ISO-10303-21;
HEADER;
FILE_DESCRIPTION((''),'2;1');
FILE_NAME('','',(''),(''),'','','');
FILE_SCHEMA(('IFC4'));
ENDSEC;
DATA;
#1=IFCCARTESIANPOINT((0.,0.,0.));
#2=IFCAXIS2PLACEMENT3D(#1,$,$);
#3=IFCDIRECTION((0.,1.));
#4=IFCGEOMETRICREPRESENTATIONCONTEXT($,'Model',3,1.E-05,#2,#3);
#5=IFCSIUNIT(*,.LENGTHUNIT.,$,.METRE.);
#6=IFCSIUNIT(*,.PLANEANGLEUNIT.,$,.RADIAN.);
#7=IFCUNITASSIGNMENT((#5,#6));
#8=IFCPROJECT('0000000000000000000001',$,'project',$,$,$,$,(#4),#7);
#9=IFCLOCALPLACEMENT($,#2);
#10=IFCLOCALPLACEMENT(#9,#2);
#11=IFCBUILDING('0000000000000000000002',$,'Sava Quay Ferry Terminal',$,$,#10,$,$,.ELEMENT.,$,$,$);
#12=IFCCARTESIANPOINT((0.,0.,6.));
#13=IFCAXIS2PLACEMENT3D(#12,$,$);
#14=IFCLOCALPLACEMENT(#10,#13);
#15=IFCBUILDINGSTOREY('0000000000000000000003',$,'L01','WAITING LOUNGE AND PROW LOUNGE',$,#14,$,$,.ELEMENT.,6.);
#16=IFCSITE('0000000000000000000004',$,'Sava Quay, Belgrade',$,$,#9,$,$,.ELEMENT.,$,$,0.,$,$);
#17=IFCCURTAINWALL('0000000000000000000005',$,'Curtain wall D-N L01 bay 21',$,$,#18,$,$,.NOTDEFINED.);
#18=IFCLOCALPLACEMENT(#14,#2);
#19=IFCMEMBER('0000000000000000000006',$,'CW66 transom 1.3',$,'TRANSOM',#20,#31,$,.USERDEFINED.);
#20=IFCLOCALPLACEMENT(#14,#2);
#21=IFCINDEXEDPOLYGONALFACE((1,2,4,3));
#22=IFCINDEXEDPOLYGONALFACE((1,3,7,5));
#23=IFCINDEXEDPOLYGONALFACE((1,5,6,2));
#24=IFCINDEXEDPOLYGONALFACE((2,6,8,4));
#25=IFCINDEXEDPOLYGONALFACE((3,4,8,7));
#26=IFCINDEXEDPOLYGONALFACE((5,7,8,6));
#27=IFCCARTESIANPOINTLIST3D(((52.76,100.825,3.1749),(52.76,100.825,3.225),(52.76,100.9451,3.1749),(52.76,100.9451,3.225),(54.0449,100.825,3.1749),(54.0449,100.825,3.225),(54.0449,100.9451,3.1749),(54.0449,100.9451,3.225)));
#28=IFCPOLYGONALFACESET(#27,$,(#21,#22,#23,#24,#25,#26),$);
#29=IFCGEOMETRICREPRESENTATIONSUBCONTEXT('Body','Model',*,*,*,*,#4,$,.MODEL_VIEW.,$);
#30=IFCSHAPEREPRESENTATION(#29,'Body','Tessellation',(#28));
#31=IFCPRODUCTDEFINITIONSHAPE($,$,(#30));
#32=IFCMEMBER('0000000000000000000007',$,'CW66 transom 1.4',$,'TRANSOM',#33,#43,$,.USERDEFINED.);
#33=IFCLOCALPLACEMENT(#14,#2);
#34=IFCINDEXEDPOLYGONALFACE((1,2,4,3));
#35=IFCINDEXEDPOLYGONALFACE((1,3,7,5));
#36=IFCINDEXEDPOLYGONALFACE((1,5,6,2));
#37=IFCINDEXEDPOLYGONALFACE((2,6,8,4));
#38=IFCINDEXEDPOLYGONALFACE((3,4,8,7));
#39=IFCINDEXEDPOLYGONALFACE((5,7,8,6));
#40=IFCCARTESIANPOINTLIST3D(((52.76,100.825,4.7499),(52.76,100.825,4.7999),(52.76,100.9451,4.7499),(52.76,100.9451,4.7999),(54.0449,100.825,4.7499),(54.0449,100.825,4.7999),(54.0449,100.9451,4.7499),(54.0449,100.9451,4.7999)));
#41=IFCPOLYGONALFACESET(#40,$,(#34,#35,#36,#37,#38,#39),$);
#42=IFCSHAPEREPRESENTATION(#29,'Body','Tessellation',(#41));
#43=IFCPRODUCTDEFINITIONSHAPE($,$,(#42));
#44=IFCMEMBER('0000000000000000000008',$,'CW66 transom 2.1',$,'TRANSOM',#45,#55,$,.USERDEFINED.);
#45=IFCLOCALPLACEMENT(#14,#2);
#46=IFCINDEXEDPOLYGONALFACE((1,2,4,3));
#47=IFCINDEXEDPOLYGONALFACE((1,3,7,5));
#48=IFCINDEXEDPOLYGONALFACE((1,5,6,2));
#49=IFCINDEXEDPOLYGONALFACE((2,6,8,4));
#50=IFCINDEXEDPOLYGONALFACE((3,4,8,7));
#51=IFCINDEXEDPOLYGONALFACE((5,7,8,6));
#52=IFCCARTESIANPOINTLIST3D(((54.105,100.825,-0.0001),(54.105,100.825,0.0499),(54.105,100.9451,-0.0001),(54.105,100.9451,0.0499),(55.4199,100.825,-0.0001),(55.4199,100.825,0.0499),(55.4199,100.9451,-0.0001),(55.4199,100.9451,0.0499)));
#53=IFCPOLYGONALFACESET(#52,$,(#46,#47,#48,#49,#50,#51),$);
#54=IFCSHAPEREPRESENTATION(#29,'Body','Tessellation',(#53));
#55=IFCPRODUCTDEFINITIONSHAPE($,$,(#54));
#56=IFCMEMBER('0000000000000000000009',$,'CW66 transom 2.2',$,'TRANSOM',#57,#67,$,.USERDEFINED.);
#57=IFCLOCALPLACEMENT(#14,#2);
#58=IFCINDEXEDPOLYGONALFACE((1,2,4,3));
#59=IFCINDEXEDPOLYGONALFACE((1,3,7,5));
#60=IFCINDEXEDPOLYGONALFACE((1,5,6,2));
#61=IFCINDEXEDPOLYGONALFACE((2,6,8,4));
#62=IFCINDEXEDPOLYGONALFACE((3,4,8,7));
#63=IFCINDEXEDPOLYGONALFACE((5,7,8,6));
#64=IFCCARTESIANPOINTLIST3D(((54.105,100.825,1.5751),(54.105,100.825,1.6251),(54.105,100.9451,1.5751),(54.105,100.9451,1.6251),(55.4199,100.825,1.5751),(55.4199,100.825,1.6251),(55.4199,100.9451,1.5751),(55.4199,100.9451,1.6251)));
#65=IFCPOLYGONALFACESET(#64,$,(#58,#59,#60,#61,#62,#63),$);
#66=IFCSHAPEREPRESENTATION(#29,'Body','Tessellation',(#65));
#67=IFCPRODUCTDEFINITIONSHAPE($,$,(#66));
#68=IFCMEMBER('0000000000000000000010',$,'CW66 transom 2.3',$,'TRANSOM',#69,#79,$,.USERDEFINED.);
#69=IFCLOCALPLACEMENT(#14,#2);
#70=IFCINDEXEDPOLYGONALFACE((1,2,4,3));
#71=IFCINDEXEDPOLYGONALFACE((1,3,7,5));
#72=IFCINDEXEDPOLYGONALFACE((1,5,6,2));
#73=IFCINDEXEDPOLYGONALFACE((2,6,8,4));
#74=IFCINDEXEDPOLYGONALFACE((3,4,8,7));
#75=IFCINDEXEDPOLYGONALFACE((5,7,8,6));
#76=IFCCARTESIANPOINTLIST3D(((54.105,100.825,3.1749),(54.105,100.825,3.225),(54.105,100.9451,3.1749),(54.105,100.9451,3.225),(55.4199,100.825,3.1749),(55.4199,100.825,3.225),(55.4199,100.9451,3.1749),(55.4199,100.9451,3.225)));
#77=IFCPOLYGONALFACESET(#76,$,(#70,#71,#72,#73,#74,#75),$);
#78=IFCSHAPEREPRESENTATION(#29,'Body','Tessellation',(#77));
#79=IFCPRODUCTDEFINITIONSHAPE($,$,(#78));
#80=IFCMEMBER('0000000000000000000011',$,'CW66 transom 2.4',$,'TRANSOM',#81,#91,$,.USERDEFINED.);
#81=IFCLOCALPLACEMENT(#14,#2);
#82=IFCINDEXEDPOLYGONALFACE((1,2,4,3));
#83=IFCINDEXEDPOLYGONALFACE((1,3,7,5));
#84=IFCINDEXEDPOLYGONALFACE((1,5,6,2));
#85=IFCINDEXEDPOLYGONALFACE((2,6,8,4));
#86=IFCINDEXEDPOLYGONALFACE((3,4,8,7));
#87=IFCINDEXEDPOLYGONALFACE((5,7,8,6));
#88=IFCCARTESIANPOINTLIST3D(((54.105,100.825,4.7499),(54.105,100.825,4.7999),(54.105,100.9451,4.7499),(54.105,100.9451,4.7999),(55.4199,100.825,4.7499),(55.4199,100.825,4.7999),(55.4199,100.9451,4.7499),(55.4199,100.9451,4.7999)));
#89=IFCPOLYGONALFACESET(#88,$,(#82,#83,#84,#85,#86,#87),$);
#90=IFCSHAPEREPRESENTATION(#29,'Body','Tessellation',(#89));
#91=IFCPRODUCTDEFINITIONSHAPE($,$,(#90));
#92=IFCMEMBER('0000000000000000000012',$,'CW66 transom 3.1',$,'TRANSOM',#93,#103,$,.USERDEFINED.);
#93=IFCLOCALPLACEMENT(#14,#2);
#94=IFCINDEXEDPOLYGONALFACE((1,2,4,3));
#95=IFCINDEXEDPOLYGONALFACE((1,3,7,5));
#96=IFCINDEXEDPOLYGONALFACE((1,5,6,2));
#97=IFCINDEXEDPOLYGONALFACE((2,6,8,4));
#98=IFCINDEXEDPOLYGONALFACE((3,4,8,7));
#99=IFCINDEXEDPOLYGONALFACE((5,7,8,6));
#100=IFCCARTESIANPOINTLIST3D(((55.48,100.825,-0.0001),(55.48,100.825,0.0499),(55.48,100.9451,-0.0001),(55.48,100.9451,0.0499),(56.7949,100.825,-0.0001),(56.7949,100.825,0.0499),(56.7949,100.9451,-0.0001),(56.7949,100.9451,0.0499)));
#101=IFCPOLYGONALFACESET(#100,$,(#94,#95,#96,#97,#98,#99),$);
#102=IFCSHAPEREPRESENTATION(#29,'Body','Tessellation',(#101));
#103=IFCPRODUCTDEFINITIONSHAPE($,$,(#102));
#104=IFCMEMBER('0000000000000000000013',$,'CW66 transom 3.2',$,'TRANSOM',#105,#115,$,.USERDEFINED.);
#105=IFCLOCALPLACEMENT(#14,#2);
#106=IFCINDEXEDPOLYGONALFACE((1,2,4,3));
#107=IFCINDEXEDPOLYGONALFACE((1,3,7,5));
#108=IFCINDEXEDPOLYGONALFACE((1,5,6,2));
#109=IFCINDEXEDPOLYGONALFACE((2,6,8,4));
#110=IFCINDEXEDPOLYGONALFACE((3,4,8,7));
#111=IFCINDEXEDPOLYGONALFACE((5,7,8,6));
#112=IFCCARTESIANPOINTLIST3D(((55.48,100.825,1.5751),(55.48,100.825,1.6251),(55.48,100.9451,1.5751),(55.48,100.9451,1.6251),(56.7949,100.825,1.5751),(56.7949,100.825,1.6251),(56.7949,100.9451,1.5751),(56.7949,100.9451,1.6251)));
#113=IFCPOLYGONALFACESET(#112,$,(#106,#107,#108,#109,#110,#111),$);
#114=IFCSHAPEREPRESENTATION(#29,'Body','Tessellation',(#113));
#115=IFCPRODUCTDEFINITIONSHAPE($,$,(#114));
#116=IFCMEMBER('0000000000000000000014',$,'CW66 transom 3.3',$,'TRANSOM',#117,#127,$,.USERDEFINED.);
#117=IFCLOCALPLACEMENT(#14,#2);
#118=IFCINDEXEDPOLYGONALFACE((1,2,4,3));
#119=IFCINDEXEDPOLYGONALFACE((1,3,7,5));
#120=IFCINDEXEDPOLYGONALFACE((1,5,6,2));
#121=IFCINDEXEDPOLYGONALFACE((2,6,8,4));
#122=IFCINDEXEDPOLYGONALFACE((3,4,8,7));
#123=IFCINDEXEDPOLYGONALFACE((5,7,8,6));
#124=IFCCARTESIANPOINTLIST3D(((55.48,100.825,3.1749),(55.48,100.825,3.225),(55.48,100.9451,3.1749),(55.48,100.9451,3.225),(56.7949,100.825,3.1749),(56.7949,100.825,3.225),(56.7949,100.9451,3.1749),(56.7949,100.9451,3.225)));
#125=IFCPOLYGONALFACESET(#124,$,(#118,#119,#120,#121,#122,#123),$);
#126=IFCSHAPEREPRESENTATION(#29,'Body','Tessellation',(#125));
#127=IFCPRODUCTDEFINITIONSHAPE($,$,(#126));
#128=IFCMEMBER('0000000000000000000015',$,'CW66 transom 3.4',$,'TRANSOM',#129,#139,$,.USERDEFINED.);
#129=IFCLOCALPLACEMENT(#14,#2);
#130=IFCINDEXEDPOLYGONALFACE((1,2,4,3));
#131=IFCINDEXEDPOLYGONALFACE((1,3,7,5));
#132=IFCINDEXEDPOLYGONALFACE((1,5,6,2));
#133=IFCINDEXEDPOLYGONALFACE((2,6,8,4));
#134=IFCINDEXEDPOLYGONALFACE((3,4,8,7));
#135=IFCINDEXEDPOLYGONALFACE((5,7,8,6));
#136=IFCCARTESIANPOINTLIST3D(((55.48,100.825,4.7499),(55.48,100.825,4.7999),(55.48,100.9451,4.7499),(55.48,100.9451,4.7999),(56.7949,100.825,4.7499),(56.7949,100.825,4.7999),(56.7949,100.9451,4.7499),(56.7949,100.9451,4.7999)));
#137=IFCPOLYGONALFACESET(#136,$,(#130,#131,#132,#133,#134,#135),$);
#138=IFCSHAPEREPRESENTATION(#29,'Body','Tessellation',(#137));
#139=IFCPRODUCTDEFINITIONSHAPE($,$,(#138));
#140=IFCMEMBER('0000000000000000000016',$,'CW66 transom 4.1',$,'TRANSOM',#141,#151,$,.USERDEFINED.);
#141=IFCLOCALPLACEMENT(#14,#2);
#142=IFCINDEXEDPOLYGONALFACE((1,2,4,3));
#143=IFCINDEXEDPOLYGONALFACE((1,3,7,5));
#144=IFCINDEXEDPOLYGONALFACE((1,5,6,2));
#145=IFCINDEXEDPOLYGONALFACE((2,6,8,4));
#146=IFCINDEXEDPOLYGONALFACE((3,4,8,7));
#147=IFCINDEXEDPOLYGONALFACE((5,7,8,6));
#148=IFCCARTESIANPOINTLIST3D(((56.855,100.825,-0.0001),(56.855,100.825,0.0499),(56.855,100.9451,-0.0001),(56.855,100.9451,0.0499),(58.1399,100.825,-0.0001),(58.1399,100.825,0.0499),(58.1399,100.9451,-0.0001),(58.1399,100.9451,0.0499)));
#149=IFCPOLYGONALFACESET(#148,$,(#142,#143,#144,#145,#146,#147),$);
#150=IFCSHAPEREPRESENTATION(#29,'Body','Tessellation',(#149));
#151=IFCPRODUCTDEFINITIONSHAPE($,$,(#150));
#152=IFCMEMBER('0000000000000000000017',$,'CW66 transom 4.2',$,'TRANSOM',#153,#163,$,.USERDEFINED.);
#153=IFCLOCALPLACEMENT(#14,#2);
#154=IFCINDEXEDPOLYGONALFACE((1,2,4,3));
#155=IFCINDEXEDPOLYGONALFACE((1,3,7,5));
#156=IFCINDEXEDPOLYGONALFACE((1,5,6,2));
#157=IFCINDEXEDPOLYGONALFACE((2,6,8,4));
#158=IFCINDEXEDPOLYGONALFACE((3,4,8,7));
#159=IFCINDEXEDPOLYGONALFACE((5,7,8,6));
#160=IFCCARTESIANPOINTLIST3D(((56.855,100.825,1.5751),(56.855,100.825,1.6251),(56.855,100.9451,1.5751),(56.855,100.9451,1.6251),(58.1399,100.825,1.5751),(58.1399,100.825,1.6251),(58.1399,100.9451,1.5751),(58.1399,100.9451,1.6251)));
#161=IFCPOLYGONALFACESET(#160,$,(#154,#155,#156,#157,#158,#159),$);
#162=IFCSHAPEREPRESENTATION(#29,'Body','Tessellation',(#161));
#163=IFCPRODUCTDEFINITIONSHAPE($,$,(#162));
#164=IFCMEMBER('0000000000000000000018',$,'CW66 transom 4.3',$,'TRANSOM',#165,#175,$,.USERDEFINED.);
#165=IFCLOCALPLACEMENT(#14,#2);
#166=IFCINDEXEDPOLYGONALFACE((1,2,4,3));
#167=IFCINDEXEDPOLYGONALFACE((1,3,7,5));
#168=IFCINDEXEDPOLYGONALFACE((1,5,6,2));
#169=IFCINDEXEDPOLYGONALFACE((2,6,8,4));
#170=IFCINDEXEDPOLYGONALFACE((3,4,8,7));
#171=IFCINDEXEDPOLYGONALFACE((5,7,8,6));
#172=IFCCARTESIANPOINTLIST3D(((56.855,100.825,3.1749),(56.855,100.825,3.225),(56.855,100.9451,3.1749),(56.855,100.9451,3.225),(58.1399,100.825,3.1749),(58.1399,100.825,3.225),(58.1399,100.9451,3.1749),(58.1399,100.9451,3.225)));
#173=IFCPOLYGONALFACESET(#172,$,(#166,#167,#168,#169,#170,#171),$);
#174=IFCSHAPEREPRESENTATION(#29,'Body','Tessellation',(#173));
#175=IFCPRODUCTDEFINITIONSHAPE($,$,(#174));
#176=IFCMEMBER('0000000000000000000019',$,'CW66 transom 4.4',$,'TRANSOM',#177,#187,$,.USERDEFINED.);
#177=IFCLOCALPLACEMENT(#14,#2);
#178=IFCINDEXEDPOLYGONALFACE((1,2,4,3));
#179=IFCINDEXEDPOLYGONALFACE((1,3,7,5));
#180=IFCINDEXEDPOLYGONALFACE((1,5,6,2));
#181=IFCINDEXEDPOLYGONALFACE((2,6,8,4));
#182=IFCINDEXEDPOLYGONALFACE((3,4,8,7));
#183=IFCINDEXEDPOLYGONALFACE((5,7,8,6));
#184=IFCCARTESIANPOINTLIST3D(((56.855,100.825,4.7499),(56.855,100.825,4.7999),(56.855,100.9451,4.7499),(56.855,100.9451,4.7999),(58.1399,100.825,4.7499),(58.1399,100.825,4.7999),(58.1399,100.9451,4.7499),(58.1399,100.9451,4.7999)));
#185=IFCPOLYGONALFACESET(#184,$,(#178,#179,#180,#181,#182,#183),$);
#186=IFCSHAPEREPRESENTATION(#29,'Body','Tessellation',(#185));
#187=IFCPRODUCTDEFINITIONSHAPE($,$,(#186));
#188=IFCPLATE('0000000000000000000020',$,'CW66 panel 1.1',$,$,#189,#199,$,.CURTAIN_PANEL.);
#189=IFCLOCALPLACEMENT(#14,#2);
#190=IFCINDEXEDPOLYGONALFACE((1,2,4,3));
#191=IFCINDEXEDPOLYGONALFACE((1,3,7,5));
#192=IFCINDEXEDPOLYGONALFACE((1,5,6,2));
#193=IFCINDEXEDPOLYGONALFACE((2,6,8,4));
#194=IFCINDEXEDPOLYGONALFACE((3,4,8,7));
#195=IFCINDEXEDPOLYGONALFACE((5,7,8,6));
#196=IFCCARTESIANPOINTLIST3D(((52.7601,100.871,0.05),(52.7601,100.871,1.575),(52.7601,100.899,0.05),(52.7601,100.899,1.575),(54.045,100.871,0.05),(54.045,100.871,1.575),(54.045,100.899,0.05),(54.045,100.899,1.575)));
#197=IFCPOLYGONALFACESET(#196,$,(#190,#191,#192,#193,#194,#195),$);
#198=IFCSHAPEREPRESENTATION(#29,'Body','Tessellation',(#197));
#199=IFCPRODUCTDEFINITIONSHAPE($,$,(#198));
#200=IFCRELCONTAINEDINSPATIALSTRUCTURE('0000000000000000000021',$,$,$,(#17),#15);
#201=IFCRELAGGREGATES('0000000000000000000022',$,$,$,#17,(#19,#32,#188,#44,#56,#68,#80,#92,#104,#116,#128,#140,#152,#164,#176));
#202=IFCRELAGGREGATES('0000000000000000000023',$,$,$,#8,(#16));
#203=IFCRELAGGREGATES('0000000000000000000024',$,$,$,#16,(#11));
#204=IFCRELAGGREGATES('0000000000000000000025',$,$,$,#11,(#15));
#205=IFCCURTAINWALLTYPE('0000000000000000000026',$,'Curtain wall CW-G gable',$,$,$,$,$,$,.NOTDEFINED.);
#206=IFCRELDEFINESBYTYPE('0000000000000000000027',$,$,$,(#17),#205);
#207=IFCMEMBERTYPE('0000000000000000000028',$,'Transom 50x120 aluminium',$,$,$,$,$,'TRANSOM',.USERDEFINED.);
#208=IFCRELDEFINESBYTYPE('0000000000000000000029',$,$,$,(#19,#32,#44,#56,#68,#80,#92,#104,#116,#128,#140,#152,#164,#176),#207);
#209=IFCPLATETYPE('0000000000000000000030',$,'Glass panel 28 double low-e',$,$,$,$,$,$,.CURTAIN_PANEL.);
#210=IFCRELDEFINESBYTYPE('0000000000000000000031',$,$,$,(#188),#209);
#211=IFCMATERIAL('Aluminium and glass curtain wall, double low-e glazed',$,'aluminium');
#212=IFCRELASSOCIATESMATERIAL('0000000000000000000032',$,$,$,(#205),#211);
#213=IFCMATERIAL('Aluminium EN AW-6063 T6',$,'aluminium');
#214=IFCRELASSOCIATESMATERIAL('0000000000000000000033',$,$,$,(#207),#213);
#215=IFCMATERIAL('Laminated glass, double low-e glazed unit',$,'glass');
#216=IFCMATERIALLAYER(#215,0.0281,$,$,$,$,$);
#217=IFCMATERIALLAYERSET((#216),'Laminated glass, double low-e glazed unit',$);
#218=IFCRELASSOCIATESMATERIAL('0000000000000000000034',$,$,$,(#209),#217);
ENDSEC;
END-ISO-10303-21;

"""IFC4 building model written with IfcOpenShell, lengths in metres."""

from ifc_helpers import new_model, si_unit, direction, frame, origin, origin_2d, place, context, subcontext, project, spatial, rectangle, extrude, material, layer, layer_set, material_profile, profile_set, type_object, element, aggregate, save


model = new_model("IFC4")

# Units and contexts
model_context = context("Model", 3, precision=1e-05, world=origin(), true_north=direction((0.0, 1.0)))
body_context = subcontext(model_context, "Body", "Model", "MODEL_VIEW")
ifc_project = project(units=[si_unit("LENGTHUNIT", "METRE"), si_unit("PLANEANGLEUNIT", "RADIAN")], contexts=[model_context])

# Site, building, storey
site_placement = place(None, origin())
site = spatial("IfcSite", under=ifc_project, at=site_placement, Name="Sava Quay, Belgrade", CompositionType="ELEMENT", RefElevation=0.0)
building_placement = place(site_placement, origin())
building = spatial("IfcBuilding", under=site, at=building_placement, Name="Sava Quay Ferry Terminal", CompositionType="ELEMENT")
storey_placement = place(building_placement, frame((0.0, 0.0, 6.0)))
storey = spatial("IfcBuildingStorey", under=building, at=storey_placement, Name="L01", Description="WAITING LOUNGE AND PROW LOUNGE", CompositionType="ELEMENT", Elevation=6.0)

# Curtain wall, members, plate
ifc_material_1 = material(Name="Aluminium and glass curtain wall, double low-e glazed", Category="aluminium")
curtain_wall_type = type_object("IfcCurtainWallType", Name="Curtain wall CW-G gable", PredefinedType="NOTDEFINED", material=ifc_material_1)
curtain_wall_placement = place(storey_placement, origin())
curtain_wall = element("IfcCurtainWall", 1, at=curtain_wall_placement, inside=storey, type_object=curtain_wall_type, Name="Curtain wall D-N L01 bay 21", PredefinedType="NOTDEFINED")
ifc_material_2 = material(Name="Aluminium EN AW-6063 T6", Category="aluminium")
ifc_material_profile_1 = material_profile(ifc_material_2, rectangle(XDim=0.1201, YDim=0.05, at=origin_2d()), Name="Transom 50x120 aluminium")
ifc_profile_set_1 = profile_set([ifc_material_profile_1], Name="Aluminium EN AW-6063 T6")
member_type_1 = type_object("IfcMemberType", Name="Transom 50x120 aluminium", ElementType="TRANSOM", PredefinedType="USERDEFINED", material=ifc_profile_set_1)
member_1_placement = place(storey_placement, frame((52.76, 100.885, 3.2), z_axis=(1.0, 0.0, 0.0), x_axis=(0.0, 1.0, 0.0)))
member_1 = element("IfcMember", 2, at=member_1_placement, type_object=member_type_1, Name="CW66 transom 1.3", ObjectType="TRANSOM", PredefinedType="USERDEFINED", context=body_context, shape_type="SweptSolid", body=[
    extrude(rectangle(XDim=0.1201, YDim=0.05, at=origin_2d()), origin(), (0.0, 0.0, 1.0), 1.2849),
])
member_2_placement = place(storey_placement, frame((52.76, 100.885, 4.7749), z_axis=(1.0, 0.0, 0.0), x_axis=(0.0, 1.0, 0.0)))
member_2 = element("IfcMember", 3, at=member_2_placement, type_object=member_type_1, Name="CW66 transom 1.4", ObjectType="TRANSOM", PredefinedType="USERDEFINED", context=body_context, shape_type="SweptSolid", body=[
    extrude(rectangle(XDim=0.1201, YDim=0.05, at=origin_2d()), origin(), (0.0, 0.0, 1.0), 1.2849),
])
member_3_placement = place(storey_placement, frame((54.105, 100.885, 0.0249), z_axis=(1.0, 0.0, 0.0), x_axis=(0.0, 1.0, 0.0)))
member_3 = element("IfcMember", 4, at=member_3_placement, type_object=member_type_1, Name="CW66 transom 2.1", ObjectType="TRANSOM", PredefinedType="USERDEFINED", context=body_context, shape_type="SweptSolid", body=[
    extrude(rectangle(XDim=0.1201, YDim=0.05, at=origin_2d()), origin(), (0.0, 0.0, 1.0), 1.3149),
])
member_4_placement = place(storey_placement, frame((54.105, 100.885, 1.6001), z_axis=(1.0, 0.0, 0.0), x_axis=(0.0, 1.0, 0.0)))
member_4 = element("IfcMember", 5, at=member_4_placement, type_object=member_type_1, Name="CW66 transom 2.2", ObjectType="TRANSOM", PredefinedType="USERDEFINED", context=body_context, shape_type="SweptSolid", body=[
    extrude(rectangle(XDim=0.1201, YDim=0.05, at=origin_2d()), origin(), (0.0, 0.0, 1.0), 1.3149),
])
member_5_placement = place(storey_placement, frame((54.105, 100.885, 3.2), z_axis=(1.0, 0.0, 0.0), x_axis=(0.0, 1.0, 0.0)))
member_5 = element("IfcMember", 6, at=member_5_placement, type_object=member_type_1, Name="CW66 transom 2.3", ObjectType="TRANSOM", PredefinedType="USERDEFINED", context=body_context, shape_type="SweptSolid", body=[
    extrude(rectangle(XDim=0.1201, YDim=0.05, at=origin_2d()), origin(), (0.0, 0.0, 1.0), 1.3149),
])
member_6_placement = place(storey_placement, frame((54.105, 100.885, 4.7749), z_axis=(1.0, 0.0, 0.0), x_axis=(0.0, 1.0, 0.0)))
member_6 = element("IfcMember", 7, at=member_6_placement, type_object=member_type_1, Name="CW66 transom 2.4", ObjectType="TRANSOM", PredefinedType="USERDEFINED", context=body_context, shape_type="SweptSolid", body=[
    extrude(rectangle(XDim=0.1201, YDim=0.05, at=origin_2d()), origin(), (0.0, 0.0, 1.0), 1.3149),
])
member_7_placement = place(storey_placement, frame((55.48, 100.885, 0.0249), z_axis=(1.0, 0.0, 0.0), x_axis=(0.0, 1.0, 0.0)))
member_7 = element("IfcMember", 8, at=member_7_placement, type_object=member_type_1, Name="CW66 transom 3.1", ObjectType="TRANSOM", PredefinedType="USERDEFINED", context=body_context, shape_type="SweptSolid", body=[
    extrude(rectangle(XDim=0.1201, YDim=0.05, at=origin_2d()), origin(), (0.0, 0.0, 1.0), 1.3149),
])
member_8_placement = place(storey_placement, frame((55.48, 100.885, 1.6001), z_axis=(1.0, 0.0, 0.0), x_axis=(0.0, 1.0, 0.0)))
member_8 = element("IfcMember", 9, at=member_8_placement, type_object=member_type_1, Name="CW66 transom 3.2", ObjectType="TRANSOM", PredefinedType="USERDEFINED", context=body_context, shape_type="SweptSolid", body=[
    extrude(rectangle(XDim=0.1201, YDim=0.05, at=origin_2d()), origin(), (0.0, 0.0, 1.0), 1.3149),
])
member_9_placement = place(storey_placement, frame((55.48, 100.885, 3.2), z_axis=(1.0, 0.0, 0.0), x_axis=(0.0, 1.0, 0.0)))
member_9 = element("IfcMember", 10, at=member_9_placement, type_object=member_type_1, Name="CW66 transom 3.3", ObjectType="TRANSOM", PredefinedType="USERDEFINED", context=body_context, shape_type="SweptSolid", body=[
    extrude(rectangle(XDim=0.1201, YDim=0.05, at=origin_2d()), origin(), (0.0, 0.0, 1.0), 1.3149),
])
member_10_placement = place(storey_placement, frame((55.48, 100.885, 4.7749), z_axis=(1.0, 0.0, 0.0), x_axis=(0.0, 1.0, 0.0)))
member_10 = element("IfcMember", 11, at=member_10_placement, type_object=member_type_1, Name="CW66 transom 3.4", ObjectType="TRANSOM", PredefinedType="USERDEFINED", context=body_context, shape_type="SweptSolid", body=[
    extrude(rectangle(XDim=0.1201, YDim=0.05, at=origin_2d()), origin(), (0.0, 0.0, 1.0), 1.3149),
])
member_11_placement = place(storey_placement, frame((56.855, 100.885, 0.0249), z_axis=(1.0, 0.0, 0.0), x_axis=(0.0, 1.0, 0.0)))
member_11 = element("IfcMember", 12, at=member_11_placement, type_object=member_type_1, Name="CW66 transom 4.1", ObjectType="TRANSOM", PredefinedType="USERDEFINED", context=body_context, shape_type="SweptSolid", body=[
    extrude(rectangle(XDim=0.1201, YDim=0.05, at=origin_2d()), origin(), (0.0, 0.0, 1.0), 1.2849),
])
member_12_placement = place(storey_placement, frame((56.855, 100.885, 1.6001), z_axis=(1.0, 0.0, 0.0), x_axis=(0.0, 1.0, 0.0)))
member_12 = element("IfcMember", 13, at=member_12_placement, type_object=member_type_1, Name="CW66 transom 4.2", ObjectType="TRANSOM", PredefinedType="USERDEFINED", context=body_context, shape_type="SweptSolid", body=[
    extrude(rectangle(XDim=0.1201, YDim=0.05, at=origin_2d()), origin(), (0.0, 0.0, 1.0), 1.2849),
])
member_13_placement = place(storey_placement, frame((56.855, 100.885, 3.2), z_axis=(1.0, 0.0, 0.0), x_axis=(0.0, 1.0, 0.0)))
member_13 = element("IfcMember", 14, at=member_13_placement, type_object=member_type_1, Name="CW66 transom 4.3", ObjectType="TRANSOM", PredefinedType="USERDEFINED", context=body_context, shape_type="SweptSolid", body=[
    extrude(rectangle(XDim=0.1201, YDim=0.05, at=origin_2d()), origin(), (0.0, 0.0, 1.0), 1.2849),
])
member_14_placement = place(storey_placement, frame((56.855, 100.885, 4.7749), z_axis=(1.0, 0.0, 0.0), x_axis=(0.0, 1.0, 0.0)))
member_14 = element("IfcMember", 15, at=member_14_placement, type_object=member_type_1, Name="CW66 transom 4.4", ObjectType="TRANSOM", PredefinedType="USERDEFINED", context=body_context, shape_type="SweptSolid", body=[
    extrude(rectangle(XDim=0.1201, YDim=0.05, at=origin_2d()), origin(), (0.0, 0.0, 1.0), 1.2849),
])
ifc_material_3 = material(Name="Laminated glass, double low-e glazed unit", Category="glass")
ifc_layer_1 = layer(ifc_material_3, 0.0281)
ifc_layer_set_1 = layer_set([ifc_layer_1], Name="Laminated glass, double low-e glazed unit")
plate_type = type_object("IfcPlateType", Name="Glass panel 28 double low-e", PredefinedType="CURTAIN_PANEL", material=ifc_layer_set_1)
plate_1_placement = place(storey_placement, frame((53.4026, 100.885, 0.05), z_axis=(0.0, 0.0, 1.0), x_axis=(1.0, 0.0, 0.0)))
plate_1 = element("IfcPlate", 16, at=plate_1_placement, type_object=plate_type, Name="CW66 panel 1.1", PredefinedType="CURTAIN_PANEL", context=body_context, shape_type="SweptSolid", body=[
    extrude(rectangle(XDim=1.2849, YDim=0.0281, at=origin_2d()), origin(), (0.0, 0.0, 1.0), 1.5249),
])
aggregate(curtain_wall, [member_1, member_2, plate_1, member_3, member_4, member_5, member_6, member_7, member_8, member_9, member_10, member_11, member_12, member_13, member_14])

save(model, "model.ifc")
